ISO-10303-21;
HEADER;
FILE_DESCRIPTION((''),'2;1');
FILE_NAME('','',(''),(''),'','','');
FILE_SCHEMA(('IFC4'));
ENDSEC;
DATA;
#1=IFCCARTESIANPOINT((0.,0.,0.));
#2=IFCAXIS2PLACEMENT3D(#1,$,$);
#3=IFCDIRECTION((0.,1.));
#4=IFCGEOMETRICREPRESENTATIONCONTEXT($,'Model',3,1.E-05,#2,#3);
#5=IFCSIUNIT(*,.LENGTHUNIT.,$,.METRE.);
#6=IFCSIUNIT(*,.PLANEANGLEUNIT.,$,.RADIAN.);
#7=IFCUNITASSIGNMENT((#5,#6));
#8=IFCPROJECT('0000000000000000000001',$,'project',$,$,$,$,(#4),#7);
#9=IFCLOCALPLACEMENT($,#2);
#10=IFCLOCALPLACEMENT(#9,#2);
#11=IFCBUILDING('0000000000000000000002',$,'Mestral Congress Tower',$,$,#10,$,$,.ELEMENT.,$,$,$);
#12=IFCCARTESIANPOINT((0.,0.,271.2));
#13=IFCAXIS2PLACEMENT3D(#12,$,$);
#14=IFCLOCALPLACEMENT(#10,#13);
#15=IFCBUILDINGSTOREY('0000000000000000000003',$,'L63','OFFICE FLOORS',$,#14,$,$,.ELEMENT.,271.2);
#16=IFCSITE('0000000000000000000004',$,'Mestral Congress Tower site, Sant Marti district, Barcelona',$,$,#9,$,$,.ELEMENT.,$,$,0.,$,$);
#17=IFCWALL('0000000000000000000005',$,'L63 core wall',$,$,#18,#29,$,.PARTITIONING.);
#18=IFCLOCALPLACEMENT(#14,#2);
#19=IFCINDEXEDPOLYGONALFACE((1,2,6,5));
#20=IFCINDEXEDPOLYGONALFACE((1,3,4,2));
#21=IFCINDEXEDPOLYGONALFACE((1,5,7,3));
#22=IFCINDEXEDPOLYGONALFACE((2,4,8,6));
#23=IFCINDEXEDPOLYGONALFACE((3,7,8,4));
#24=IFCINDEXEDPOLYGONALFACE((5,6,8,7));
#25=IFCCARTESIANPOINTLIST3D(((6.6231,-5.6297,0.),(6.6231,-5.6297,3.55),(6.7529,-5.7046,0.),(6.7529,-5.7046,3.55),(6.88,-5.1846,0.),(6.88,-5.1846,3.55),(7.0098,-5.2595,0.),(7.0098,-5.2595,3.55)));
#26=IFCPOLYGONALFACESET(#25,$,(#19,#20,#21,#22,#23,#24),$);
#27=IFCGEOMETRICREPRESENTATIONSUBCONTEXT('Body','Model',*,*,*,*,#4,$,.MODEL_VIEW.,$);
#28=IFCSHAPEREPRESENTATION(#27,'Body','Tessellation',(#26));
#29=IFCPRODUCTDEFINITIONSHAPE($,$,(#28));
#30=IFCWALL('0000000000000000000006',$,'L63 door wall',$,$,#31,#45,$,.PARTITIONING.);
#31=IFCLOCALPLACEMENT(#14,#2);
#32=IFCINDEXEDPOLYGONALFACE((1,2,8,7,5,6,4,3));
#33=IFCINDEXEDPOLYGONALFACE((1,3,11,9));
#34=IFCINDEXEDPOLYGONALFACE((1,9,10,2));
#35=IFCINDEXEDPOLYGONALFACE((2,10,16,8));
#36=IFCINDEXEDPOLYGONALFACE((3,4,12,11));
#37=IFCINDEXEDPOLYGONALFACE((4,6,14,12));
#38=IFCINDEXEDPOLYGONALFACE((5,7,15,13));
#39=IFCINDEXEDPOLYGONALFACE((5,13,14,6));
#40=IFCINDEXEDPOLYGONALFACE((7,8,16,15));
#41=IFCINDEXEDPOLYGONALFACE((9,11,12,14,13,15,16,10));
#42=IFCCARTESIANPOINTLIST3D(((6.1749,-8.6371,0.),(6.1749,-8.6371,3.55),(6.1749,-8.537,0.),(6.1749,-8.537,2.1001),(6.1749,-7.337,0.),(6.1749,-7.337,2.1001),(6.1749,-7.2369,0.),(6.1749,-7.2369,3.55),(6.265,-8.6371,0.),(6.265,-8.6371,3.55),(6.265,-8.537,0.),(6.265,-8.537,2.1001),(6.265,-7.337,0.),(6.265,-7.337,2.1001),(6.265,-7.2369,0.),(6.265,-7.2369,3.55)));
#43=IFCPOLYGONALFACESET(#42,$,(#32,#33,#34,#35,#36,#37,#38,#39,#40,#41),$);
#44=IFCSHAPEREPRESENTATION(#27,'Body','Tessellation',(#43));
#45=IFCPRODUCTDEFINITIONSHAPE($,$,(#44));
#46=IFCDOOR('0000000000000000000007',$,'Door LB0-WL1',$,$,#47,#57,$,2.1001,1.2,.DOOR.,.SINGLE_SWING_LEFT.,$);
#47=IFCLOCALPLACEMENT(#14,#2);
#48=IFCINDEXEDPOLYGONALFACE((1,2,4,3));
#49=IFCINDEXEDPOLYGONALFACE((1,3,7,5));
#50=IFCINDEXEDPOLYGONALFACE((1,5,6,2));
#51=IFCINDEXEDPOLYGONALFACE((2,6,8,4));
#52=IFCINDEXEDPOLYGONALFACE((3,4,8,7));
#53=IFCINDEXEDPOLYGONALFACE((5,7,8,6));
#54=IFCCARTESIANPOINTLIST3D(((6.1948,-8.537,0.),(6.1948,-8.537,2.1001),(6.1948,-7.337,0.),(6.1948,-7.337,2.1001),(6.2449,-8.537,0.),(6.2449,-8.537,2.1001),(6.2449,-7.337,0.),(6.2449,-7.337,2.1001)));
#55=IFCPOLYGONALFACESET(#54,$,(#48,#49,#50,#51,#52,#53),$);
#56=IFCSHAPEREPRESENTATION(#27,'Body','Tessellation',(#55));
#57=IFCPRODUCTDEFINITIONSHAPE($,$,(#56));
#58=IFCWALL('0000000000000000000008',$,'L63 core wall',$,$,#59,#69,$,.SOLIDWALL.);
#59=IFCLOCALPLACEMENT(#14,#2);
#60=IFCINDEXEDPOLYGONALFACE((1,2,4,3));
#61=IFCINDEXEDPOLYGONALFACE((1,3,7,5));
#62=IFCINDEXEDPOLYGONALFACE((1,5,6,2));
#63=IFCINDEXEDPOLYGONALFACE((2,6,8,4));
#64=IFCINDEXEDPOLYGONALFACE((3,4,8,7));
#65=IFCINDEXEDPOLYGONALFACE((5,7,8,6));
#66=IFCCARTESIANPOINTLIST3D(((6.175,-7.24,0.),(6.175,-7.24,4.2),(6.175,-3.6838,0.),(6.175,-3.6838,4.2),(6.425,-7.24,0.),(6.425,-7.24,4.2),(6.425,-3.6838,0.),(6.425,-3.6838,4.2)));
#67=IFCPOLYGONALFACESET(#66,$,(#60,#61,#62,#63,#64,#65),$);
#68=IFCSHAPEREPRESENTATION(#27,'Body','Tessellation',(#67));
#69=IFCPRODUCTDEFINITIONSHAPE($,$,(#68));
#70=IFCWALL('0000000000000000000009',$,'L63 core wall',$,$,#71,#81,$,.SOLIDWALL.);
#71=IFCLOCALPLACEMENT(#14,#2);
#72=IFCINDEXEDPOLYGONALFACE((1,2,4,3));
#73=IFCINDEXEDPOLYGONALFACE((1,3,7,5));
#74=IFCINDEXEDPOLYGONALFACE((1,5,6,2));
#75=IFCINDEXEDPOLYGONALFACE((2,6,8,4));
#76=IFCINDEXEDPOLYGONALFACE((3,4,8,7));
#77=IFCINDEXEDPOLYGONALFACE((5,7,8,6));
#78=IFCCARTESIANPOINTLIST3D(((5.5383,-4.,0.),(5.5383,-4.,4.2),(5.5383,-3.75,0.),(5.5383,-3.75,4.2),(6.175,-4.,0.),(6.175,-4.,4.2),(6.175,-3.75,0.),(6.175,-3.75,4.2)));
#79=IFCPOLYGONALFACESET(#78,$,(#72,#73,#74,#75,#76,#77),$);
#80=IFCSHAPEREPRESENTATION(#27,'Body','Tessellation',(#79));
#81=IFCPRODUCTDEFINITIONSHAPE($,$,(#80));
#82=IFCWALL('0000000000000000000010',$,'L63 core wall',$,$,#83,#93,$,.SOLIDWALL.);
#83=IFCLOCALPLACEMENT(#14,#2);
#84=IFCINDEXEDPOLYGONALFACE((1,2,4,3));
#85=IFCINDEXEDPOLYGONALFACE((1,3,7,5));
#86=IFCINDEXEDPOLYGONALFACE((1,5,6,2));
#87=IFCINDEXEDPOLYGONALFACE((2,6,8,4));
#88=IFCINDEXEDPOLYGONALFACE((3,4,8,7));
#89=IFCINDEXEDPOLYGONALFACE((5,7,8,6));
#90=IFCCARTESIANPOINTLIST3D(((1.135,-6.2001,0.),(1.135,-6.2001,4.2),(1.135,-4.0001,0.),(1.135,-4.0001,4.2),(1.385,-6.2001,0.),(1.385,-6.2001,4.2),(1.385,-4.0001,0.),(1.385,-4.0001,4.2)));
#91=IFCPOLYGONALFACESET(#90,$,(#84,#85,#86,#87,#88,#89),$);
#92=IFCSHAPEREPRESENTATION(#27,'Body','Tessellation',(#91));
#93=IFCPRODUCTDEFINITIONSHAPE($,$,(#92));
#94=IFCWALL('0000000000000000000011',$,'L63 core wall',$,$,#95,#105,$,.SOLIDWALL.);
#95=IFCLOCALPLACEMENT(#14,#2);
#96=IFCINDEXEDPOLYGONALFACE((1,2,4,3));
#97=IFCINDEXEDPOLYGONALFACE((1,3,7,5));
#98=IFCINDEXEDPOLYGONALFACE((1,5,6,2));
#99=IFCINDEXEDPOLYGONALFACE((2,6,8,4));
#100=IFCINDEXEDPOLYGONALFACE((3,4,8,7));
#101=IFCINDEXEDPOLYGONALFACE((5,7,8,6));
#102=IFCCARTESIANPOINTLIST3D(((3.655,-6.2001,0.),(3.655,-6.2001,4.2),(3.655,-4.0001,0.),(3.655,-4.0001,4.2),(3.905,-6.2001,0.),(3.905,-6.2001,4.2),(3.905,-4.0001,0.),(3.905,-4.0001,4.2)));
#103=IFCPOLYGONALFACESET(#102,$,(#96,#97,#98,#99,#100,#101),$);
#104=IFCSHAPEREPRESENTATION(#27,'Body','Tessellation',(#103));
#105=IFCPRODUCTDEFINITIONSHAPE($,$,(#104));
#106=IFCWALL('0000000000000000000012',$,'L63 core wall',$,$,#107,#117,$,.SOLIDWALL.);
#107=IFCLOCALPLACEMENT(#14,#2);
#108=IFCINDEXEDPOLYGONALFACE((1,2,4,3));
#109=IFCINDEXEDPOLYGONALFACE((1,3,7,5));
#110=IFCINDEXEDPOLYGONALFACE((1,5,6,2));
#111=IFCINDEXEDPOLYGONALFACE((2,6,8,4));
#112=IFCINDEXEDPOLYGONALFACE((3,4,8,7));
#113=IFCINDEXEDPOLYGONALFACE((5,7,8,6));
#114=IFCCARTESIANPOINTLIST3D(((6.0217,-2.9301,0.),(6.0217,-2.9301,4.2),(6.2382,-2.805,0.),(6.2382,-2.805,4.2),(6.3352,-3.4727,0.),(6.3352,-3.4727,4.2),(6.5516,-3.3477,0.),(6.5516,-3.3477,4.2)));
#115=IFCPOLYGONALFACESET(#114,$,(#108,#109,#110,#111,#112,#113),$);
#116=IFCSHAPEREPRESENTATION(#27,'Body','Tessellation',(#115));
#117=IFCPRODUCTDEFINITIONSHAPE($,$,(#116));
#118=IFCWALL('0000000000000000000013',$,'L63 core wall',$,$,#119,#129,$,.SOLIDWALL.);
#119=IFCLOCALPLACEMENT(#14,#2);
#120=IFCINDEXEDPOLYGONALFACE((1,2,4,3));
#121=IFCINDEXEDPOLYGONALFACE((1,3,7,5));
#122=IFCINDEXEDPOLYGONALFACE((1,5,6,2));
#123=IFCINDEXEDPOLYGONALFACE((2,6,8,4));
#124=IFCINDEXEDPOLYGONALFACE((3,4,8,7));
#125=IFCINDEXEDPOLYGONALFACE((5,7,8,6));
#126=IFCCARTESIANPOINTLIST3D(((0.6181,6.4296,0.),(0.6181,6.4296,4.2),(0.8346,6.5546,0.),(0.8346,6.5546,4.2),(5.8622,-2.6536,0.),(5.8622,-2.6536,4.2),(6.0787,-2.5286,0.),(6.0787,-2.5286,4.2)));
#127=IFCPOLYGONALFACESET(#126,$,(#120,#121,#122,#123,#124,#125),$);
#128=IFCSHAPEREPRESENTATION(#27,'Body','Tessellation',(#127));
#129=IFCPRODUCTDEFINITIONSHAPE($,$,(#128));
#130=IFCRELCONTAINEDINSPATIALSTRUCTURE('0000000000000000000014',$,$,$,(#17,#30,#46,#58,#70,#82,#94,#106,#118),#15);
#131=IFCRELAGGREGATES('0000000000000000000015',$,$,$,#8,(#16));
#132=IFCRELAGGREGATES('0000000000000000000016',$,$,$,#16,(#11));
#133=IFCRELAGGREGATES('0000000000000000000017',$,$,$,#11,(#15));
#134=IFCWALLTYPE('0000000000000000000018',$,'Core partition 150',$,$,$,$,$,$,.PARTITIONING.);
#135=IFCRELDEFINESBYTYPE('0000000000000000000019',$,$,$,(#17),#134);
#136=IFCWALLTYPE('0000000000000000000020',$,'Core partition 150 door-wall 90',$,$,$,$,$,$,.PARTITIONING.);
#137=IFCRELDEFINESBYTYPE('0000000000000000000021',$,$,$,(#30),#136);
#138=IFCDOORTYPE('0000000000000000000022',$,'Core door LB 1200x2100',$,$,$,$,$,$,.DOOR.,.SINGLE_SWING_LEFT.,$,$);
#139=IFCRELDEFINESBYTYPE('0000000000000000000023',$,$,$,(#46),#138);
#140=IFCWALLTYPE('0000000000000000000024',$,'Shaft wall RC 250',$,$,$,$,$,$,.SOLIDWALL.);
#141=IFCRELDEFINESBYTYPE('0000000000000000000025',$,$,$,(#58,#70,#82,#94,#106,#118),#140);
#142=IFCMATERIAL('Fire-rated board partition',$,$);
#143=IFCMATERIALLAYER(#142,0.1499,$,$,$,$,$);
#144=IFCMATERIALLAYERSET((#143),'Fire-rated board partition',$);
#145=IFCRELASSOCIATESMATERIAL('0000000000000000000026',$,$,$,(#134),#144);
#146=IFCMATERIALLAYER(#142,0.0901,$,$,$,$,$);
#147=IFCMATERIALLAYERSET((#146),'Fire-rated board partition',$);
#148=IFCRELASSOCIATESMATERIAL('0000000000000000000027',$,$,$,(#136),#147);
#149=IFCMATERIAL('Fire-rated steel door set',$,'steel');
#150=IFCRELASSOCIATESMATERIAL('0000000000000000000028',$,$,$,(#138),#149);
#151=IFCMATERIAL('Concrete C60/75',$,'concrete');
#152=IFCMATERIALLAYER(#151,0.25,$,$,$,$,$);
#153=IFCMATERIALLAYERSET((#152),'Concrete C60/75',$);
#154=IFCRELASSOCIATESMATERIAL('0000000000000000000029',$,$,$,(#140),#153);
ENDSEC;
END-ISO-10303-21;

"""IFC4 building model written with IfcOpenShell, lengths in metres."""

from ifc_helpers import new_model, si_unit, direction, frame, frame_2d, origin, place, context, subcontext, project, spatial, rectangle, extrude, material, layer, layer_set, type_object, element, fill, save


model = new_model("IFC4")

# Units and contexts
model_context = context("Model", 3, precision=1e-05, world=origin(), true_north=direction((0.0, 1.0)))
body_context = subcontext(model_context, "Body", "Model", "MODEL_VIEW")
ifc_project = project(units=[si_unit("LENGTHUNIT", "METRE"), si_unit("PLANEANGLEUNIT", "RADIAN")], contexts=[model_context])

# Site, building, storey
site_placement = place(None, origin())
site = spatial("IfcSite", under=ifc_project, at=site_placement, Name="Mestral Congress Tower site, Sant Marti district, Barcelona", CompositionType="ELEMENT", RefElevation=0.0)
building_placement = place(site_placement, origin())
building = spatial("IfcBuilding", under=site, at=building_placement, Name="Mestral Congress Tower", CompositionType="ELEMENT")
storey_placement = place(building_placement, frame((0.0, 0.0, 271.2)))
storey = spatial("IfcBuildingStorey", under=building, at=storey_placement, Name="L63", Description="OFFICE FLOORS", CompositionType="ELEMENT", Elevation=271.2)

# Wall
ifc_material_1 = material(Name="Fire-rated board partition")
ifc_layer_1 = layer(ifc_material_1, 0.1499)
ifc_layer_set_1 = layer_set([ifc_layer_1], Name="Fire-rated board partition")
wall_type_1 = type_object("IfcWallType", Name="Core partition 150", PredefinedType="PARTITIONING", material=ifc_layer_set_1)
wall_1_placement = place(storey_placement, frame((6.9448, -5.2222, 0.0), z_axis=(0.0, 0.0, 1.0), x_axis=(-0.499818, -0.86613, 0.0)))
element("IfcWall", 1, at=wall_1_placement, inside=storey, type_object=wall_type_1, Name="L63 core wall", PredefinedType="PARTITIONING", context=body_context, shape_type="SweptSolid", body=[
    extrude(rectangle(XDim=0.5139, YDim=0.1499, at=frame_2d((0.2568, 0.0))), origin(), (0.0, 0.0, 1.0), 3.55),
])

# Wall, opening, door
ifc_layer_2 = layer(ifc_material_1, 0.0901)
ifc_layer_set_2 = layer_set([ifc_layer_2], Name="Fire-rated board partition")
wall_type_2 = type_object("IfcWallType", Name="Core partition 150 door-wall 90", PredefinedType="PARTITIONING", material=ifc_layer_set_2)
wall_2_placement = place(storey_placement, frame((6.22, -7.2368, 0.0), z_axis=(0.0, 0.0, 1.0), x_axis=(0.0, -1.0, 0.0)))
wall_2 = element("IfcWall", 2, at=wall_2_placement, inside=storey, type_object=wall_type_2, Name="L63 door wall", PredefinedType="PARTITIONING", context=body_context, shape_type="SweptSolid", body=[
    extrude(rectangle(XDim=1.4001, YDim=0.0901, at=frame_2d((0.7002, 0.0))), origin(), (0.0, 0.0, 1.0), 3.55),
])
opening_1_placement = place(wall_2_placement, frame((0.1001, 0.0, 0.0)))
opening_1 = element("IfcOpeningElement", 3, at=opening_1_placement, cuts=wall_2, PredefinedType="OPENING", context=body_context, shape_type="SweptSolid", body=[
    extrude(rectangle(XDim=1.2, YDim=2.1001, at=frame_2d((0.6001, 1.05))), frame((0.0, 0.0549, 0.0), z_axis=(0.0, -1.0, 0.0), x_axis=(1.0, 0.0, 0.0)), (0.0, 0.0, 1.0), 0.1101),
])
ifc_material_2 = material(Name="Fire-rated steel door set", Category="steel")
door_type_1 = type_object("IfcDoorType", Name="Core door LB 1200x2100", OperationType="SINGLE_SWING_LEFT", PredefinedType="DOOR", material=ifc_material_2)
door_1_placement = place(opening_1_placement, origin())
door_1 = element("IfcDoor", 4, at=door_1_placement, inside=storey, type_object=door_type_1, Name="Door LB0-WL1", OperationType="SINGLE_SWING_LEFT", OverallHeight=2.1001, OverallWidth=1.2, PredefinedType="DOOR", context=body_context, shape_type="SweptSolid", body=[
    extrude(rectangle(XDim=1.2, YDim=2.1001, at=frame_2d((0.6001, 1.05))), frame((0.0, 0.0249, 0.0), z_axis=(0.0, -1.0, 0.0), x_axis=(1.0, 0.0, 0.0)), (0.0, 0.0, 1.0), 0.05),
])
fill(opening_1, door_1)

# Walls
ifc_material_3 = material(Name="Concrete C60/75", Category="concrete")
ifc_layer_3 = layer(ifc_material_3, 0.25)
ifc_layer_set_3 = layer_set([ifc_layer_3], Name="Concrete C60/75")
wall_type_3 = type_object("IfcWallType", Name="Shaft wall RC 250", PredefinedType="SOLIDWALL", material=ifc_layer_set_3)
wall_3_placement = place(storey_placement, frame((6.3, -7.24, 0.0), z_axis=(0.0, 0.0, 1.0), x_axis=(0.0, 1.0, 0.0)))
element("IfcWall", 5, at=wall_3_placement, inside=storey, type_object=wall_type_3, Name="L63 core wall", PredefinedType="SOLIDWALL", context=body_context, shape_type="SweptSolid", body=[
    extrude(rectangle(XDim=3.5562, YDim=0.25, at=frame_2d((1.7781, 0.0))), origin(), (0.0, 0.0, 1.0), 4.2),
])
wall_4_placement = place(storey_placement, frame((5.5383, -3.875, 0.0), z_axis=(0.0, 0.0, 1.0), x_axis=(1.0, 0.0, 0.0)))
element("IfcWall", 6, at=wall_4_placement, inside=storey, type_object=wall_type_3, Name="L63 core wall", PredefinedType="SOLIDWALL", context=body_context, shape_type="SweptSolid", body=[
    extrude(rectangle(XDim=0.6367, YDim=0.25, at=frame_2d((0.3184, 0.0))), origin(), (0.0, 0.0, 1.0), 4.2),
])
for number, where, z_axis, x_axis, name in (
    (7, (1.26, -4.0, 0.0), (0.0, 0.0, 1.0), (0.0, -1.0, 0.0), "L63 core wall"),
    (8, (3.78, -4.0, 0.0), (0.0, 0.0, 1.0), (0.0, -1.0, 0.0), "L63 core wall"),
):
    element("IfcWall", number, at=place(storey_placement, frame(where, z_axis=z_axis, x_axis=x_axis)), inside=storey, type_object=wall_type_3, Name=name, PredefinedType="SOLIDWALL", context=body_context, shape_type="SweptSolid", body=[
        extrude(rectangle(XDim=2.2, YDim=0.25, at=frame_2d((1.1001, 0.0))), origin(), (0.0, 0.0, 1.0), 4.2),
    ])
wall_5_placement = place(storey_placement, frame((6.1299, -2.8674, 0.0), z_axis=(0.0, 0.0, 1.0), x_axis=(0.500161, -0.865933, 0.0)))
element("IfcWall", 9, at=wall_5_placement, inside=storey, type_object=wall_type_3, Name="L63 core wall", PredefinedType="SOLIDWALL", context=body_context, shape_type="SweptSolid", body=[
    extrude(rectangle(XDim=0.6267, YDim=0.25, at=frame_2d((0.3135, 0.0))), origin(), (0.0, 0.0, 1.0), 4.2),
])
wall_6_placement = place(storey_placement, frame((5.9705, -2.5911, 0.0), z_axis=(0.0, 0.0, 1.0), x_axis=(-0.499994, 0.866029, 0.0)))
element("IfcWall", 10, at=wall_6_placement, inside=storey, type_object=wall_type_3, Name="L63 core wall", PredefinedType="SOLIDWALL", context=body_context, shape_type="SweptSolid", body=[
    extrude(rectangle(XDim=10.4883, YDim=0.25, at=frame_2d((5.2441, 0.0))), origin(), (0.0, 0.0, 1.0), 4.2),
])

save(model, "model.ifc")
